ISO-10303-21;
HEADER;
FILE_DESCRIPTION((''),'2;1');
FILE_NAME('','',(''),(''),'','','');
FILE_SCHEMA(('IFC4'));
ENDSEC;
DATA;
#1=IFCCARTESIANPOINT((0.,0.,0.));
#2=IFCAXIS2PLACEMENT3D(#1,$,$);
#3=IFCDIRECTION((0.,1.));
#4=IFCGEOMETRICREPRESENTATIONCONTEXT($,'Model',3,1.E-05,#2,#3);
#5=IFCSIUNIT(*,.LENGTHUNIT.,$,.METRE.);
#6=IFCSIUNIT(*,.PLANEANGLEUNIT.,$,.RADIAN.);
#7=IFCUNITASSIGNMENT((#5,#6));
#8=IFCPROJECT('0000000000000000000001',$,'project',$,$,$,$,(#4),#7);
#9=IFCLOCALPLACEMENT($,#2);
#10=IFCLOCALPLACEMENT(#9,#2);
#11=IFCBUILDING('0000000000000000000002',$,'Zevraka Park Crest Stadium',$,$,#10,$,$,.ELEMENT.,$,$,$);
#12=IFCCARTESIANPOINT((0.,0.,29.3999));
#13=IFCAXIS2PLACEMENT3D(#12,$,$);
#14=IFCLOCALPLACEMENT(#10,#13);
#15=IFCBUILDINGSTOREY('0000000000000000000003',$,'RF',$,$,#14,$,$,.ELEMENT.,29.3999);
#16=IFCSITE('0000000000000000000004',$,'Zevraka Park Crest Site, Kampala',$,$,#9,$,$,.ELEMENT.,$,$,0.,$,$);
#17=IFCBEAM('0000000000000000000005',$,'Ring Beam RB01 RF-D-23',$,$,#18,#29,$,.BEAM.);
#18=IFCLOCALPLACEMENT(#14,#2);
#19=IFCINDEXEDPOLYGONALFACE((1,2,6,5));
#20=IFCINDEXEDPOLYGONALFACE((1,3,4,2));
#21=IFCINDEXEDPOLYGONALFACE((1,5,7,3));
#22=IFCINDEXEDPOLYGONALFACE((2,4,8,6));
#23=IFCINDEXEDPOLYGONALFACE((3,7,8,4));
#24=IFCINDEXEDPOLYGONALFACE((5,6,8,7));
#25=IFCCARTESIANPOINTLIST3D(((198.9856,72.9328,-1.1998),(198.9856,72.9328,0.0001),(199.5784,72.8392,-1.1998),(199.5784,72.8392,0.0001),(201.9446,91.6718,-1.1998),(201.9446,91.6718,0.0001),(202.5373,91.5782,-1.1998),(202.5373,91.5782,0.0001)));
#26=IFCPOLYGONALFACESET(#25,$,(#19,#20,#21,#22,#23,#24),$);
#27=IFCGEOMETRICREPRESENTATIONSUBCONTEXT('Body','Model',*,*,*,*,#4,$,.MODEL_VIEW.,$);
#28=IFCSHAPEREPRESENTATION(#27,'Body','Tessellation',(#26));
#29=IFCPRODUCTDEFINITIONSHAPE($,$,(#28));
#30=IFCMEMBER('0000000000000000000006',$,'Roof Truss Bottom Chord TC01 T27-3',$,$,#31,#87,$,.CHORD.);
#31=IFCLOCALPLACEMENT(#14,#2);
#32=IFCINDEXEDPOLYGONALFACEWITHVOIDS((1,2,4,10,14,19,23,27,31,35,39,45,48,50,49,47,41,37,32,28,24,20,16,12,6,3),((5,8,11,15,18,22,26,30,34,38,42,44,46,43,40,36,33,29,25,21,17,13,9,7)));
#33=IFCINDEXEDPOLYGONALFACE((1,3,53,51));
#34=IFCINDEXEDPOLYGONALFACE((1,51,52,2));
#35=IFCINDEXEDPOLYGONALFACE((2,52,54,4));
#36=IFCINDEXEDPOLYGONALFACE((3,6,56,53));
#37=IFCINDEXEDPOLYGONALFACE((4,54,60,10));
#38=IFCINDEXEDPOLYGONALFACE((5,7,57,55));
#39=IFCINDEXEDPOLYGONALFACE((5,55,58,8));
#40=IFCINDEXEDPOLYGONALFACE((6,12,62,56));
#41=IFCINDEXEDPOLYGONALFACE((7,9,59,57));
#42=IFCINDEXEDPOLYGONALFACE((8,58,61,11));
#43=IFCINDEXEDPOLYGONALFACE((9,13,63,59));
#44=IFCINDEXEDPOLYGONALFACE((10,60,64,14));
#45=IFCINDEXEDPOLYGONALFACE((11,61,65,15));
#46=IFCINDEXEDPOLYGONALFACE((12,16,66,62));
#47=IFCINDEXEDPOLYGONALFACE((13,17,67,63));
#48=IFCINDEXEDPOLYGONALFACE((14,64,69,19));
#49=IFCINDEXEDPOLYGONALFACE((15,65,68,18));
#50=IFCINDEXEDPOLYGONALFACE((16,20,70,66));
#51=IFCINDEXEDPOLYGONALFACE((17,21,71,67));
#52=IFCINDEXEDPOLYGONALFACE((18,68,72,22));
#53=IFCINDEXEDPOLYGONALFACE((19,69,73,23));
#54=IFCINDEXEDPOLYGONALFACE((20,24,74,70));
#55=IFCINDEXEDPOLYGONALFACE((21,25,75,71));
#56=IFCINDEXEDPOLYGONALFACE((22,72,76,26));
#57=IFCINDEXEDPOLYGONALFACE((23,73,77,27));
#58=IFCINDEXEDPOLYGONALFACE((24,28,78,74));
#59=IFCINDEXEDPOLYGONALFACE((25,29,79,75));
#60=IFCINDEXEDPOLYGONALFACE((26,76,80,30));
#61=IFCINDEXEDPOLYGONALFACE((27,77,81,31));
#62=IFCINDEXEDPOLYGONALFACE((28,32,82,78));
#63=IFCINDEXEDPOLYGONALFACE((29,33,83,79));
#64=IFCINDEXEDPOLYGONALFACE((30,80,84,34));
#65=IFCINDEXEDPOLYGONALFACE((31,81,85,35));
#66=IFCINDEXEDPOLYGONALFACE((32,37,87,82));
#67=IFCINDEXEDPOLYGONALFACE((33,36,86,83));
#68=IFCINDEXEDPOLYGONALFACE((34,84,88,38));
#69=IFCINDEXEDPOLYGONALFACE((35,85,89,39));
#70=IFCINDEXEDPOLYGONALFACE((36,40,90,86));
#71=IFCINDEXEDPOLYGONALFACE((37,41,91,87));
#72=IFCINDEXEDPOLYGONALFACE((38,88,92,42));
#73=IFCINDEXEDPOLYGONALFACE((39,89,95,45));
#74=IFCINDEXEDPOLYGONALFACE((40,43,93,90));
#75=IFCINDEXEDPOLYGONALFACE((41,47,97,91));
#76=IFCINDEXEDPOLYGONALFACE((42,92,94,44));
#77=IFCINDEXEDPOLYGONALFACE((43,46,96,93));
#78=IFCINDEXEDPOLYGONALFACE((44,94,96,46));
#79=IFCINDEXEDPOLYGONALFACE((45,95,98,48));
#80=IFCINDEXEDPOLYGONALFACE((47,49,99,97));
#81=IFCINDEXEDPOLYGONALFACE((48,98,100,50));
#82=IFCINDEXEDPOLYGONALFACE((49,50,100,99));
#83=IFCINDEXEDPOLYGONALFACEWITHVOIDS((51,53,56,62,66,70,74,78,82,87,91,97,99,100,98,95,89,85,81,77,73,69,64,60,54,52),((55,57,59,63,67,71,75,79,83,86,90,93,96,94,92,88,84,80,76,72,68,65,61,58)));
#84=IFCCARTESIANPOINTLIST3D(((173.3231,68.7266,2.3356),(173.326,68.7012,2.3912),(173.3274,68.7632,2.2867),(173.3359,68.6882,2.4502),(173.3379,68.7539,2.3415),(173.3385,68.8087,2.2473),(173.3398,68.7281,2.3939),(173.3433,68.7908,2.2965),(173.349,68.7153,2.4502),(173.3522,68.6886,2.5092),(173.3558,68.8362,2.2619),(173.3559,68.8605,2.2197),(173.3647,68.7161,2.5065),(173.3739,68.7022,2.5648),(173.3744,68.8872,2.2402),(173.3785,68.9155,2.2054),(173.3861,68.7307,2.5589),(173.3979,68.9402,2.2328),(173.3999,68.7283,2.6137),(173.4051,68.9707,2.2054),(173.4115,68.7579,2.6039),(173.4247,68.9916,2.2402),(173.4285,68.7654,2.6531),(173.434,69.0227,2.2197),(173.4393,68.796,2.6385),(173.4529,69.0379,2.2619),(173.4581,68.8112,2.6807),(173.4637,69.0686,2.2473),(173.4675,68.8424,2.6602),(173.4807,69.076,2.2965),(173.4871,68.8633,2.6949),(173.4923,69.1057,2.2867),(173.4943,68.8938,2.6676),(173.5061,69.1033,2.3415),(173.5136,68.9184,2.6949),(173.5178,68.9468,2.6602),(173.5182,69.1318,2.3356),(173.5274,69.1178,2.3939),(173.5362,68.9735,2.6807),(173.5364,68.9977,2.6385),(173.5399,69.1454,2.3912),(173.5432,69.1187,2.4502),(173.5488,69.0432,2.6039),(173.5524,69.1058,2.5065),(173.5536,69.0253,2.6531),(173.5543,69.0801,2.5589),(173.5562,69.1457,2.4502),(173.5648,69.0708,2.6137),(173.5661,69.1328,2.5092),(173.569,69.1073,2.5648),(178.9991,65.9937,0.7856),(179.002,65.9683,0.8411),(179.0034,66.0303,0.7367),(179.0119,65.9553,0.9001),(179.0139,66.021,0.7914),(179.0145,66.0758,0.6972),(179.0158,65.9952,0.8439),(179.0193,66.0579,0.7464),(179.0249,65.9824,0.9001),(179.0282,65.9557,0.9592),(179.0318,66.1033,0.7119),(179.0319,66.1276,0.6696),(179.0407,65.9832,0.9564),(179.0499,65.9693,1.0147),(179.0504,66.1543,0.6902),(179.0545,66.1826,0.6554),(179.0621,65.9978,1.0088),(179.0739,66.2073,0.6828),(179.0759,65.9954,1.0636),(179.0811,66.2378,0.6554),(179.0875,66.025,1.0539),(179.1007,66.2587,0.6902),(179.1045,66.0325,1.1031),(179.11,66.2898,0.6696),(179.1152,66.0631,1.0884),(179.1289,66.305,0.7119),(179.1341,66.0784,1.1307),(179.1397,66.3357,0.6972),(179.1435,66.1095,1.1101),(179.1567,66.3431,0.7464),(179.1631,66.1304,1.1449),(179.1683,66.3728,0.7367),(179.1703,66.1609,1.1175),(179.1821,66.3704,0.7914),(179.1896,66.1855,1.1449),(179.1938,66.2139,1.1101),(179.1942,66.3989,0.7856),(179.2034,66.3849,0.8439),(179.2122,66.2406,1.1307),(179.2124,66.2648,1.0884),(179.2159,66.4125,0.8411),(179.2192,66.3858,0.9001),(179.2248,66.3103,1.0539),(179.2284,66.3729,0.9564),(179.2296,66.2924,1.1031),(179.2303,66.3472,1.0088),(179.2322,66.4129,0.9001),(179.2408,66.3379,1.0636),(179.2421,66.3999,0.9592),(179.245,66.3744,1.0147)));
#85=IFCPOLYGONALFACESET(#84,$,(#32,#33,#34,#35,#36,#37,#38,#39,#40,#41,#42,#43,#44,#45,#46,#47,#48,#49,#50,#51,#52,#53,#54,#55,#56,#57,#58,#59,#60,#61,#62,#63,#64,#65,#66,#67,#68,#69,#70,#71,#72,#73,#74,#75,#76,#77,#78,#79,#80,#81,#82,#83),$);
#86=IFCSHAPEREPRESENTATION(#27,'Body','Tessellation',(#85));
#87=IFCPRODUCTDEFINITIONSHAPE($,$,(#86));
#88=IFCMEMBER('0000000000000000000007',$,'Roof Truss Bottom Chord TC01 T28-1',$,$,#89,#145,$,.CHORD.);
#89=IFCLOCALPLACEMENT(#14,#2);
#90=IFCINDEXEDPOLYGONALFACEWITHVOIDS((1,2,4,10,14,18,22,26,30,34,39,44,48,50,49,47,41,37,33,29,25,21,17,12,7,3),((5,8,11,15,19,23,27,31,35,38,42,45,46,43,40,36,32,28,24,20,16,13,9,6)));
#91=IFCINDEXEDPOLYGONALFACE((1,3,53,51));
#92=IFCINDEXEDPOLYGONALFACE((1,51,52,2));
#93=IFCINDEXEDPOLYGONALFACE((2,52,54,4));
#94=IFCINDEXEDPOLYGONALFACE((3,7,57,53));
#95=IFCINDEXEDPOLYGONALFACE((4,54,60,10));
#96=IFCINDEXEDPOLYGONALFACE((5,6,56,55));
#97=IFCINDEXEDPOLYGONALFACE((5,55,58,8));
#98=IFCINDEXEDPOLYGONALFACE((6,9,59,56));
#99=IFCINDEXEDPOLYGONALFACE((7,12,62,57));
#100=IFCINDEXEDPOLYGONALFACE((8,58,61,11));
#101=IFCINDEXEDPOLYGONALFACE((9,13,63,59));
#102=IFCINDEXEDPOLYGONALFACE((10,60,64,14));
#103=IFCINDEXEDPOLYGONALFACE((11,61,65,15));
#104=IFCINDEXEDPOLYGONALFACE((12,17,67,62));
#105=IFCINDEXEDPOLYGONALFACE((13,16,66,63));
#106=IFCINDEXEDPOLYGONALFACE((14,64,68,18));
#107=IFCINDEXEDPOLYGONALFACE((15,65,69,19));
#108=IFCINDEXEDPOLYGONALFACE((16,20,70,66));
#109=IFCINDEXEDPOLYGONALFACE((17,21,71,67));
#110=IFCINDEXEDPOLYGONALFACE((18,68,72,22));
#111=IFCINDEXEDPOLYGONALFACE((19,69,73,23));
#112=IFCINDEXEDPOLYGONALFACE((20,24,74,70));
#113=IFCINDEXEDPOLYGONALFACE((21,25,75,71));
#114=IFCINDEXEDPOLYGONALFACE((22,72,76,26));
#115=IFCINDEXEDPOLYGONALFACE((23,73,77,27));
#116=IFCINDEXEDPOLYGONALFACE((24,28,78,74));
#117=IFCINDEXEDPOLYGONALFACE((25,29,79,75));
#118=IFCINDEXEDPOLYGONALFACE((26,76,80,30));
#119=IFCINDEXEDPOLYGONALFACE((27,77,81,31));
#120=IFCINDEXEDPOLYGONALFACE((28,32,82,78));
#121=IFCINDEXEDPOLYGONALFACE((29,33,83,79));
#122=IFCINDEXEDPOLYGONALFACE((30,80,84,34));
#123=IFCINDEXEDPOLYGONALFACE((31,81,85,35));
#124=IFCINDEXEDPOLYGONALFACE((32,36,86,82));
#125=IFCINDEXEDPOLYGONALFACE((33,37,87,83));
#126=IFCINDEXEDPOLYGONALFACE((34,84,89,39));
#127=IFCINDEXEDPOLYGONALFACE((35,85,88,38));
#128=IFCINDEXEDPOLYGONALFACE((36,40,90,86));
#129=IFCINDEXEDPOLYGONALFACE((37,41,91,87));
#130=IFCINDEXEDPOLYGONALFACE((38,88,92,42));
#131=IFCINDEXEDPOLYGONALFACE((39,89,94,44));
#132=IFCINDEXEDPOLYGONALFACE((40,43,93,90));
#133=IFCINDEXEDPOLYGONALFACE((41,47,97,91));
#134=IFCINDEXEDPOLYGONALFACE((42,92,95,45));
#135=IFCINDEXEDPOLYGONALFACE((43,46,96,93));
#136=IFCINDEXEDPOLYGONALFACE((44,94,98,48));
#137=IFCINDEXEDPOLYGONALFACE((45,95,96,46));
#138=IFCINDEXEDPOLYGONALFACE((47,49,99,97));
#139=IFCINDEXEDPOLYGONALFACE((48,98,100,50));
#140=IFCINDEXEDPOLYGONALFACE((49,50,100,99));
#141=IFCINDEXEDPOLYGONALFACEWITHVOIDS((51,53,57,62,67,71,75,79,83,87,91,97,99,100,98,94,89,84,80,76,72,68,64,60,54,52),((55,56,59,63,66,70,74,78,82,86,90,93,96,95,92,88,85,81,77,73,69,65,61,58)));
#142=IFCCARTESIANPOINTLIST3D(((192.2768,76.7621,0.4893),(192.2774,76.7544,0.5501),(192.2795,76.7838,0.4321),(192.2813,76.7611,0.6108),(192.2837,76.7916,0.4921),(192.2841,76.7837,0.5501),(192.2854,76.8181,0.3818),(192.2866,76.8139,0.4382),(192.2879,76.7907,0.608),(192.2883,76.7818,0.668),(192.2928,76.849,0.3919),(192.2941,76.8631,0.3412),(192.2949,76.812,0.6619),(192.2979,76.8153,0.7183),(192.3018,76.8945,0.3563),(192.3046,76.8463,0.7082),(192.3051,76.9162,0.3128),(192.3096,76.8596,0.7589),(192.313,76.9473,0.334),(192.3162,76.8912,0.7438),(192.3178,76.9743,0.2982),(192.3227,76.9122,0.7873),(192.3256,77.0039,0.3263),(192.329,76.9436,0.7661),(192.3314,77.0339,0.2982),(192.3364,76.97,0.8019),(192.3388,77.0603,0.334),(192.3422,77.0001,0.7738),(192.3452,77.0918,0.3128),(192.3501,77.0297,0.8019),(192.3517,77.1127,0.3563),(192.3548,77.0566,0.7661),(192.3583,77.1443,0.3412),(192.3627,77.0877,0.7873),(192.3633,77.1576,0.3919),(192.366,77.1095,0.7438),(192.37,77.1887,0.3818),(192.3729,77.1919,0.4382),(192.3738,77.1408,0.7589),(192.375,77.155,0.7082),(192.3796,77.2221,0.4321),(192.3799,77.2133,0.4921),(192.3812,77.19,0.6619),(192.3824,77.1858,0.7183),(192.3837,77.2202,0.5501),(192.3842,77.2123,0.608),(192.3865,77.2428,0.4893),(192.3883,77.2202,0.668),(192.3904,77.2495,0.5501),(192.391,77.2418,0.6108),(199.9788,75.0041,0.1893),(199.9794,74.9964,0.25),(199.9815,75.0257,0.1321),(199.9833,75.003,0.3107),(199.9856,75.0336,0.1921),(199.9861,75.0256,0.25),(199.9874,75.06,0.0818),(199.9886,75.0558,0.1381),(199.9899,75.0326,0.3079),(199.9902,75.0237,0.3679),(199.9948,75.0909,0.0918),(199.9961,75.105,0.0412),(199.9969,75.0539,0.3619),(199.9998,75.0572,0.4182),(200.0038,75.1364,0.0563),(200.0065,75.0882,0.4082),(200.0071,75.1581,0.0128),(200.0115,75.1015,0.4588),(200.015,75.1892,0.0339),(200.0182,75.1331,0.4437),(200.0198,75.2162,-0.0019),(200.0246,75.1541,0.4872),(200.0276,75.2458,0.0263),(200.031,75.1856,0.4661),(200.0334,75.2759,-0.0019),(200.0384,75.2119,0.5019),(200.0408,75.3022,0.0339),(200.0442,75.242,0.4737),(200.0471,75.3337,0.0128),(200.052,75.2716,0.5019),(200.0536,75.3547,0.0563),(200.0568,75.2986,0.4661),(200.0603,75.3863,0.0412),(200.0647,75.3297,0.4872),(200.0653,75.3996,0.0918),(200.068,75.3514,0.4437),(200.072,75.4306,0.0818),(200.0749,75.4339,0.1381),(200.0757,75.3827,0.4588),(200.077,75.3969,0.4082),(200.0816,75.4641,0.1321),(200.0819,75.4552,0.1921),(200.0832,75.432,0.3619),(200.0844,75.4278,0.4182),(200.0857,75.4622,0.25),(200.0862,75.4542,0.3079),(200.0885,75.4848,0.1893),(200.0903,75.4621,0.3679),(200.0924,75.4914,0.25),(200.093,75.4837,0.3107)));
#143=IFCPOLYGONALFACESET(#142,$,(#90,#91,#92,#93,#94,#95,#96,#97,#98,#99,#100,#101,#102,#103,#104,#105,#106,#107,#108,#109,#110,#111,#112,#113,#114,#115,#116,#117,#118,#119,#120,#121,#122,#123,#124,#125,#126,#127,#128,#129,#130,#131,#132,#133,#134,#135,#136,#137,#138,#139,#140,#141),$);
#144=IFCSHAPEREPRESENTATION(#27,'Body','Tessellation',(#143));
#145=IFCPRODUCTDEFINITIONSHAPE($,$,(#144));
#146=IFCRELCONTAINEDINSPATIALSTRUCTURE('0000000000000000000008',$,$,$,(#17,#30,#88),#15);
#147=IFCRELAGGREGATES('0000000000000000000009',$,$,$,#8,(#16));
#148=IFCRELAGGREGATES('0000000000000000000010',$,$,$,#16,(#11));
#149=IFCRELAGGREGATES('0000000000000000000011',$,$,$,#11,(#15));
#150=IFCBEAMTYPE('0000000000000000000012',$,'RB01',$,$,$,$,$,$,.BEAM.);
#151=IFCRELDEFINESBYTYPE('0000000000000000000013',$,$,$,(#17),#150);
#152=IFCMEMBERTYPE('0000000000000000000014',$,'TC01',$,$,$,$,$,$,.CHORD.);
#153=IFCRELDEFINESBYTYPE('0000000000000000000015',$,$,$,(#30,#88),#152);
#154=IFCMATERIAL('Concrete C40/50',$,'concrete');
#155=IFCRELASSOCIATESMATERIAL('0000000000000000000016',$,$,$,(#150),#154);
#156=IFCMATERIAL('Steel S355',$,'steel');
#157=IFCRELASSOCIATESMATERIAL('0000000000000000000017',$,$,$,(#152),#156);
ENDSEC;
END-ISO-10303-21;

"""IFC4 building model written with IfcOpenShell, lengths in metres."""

from ifc_helpers import new_model, si_unit, direction, frame, origin, origin_2d, place, context, subcontext, project, spatial, rectangle, hollow_circle, extrude, material, material_profile, profile_set, type_object, element, save


model = new_model("IFC4")

# Units and contexts
model_context = context("Model", 3, precision=1e-05, world=origin(), true_north=direction((0.0, 1.0)))
body_context = subcontext(model_context, "Body", "Model", "MODEL_VIEW")
ifc_project = project(units=[si_unit("LENGTHUNIT", "METRE"), si_unit("PLANEANGLEUNIT", "RADIAN")], contexts=[model_context])

# Site, building, storey
site_placement = place(None, origin())
site = spatial("IfcSite", under=ifc_project, at=site_placement, Name="Zevraka Park Crest Site, Kampala", CompositionType="ELEMENT", RefElevation=0.0)
building_placement = place(site_placement, origin())
building = spatial("IfcBuilding", under=site, at=building_placement, Name="Zevraka Park Crest Stadium", CompositionType="ELEMENT")
storey_placement = place(building_placement, frame((0.0, 0.0, 29.3999)))
storey = spatial("IfcBuildingStorey", under=building, at=storey_placement, Name="RF", CompositionType="ELEMENT", Elevation=29.3999)

# Beam
ifc_material_1 = material(Name="Concrete C40/50", Category="concrete")
ifc_material_profile_1 = material_profile(ifc_material_1, rectangle(XDim=0.6001, YDim=1.2, at=origin_2d()), Name="RC 1200x600")
ifc_profile_set_1 = profile_set([ifc_material_profile_1], Name="Concrete C40/50")
beam_type = type_object("IfcBeamType", Name="RB01", PredefinedType="BEAM", material=ifc_profile_set_1)
beam_placement = place(storey_placement, frame((199.282, 72.886, -0.5999), z_axis=(0.155972, 0.987761, 0.0), x_axis=(-0.987761, 0.155972, 0.0)))
element("IfcBeam", 1, at=beam_placement, inside=storey, type_object=beam_type, Name="Ring Beam RB01 RF-D-23", PredefinedType="BEAM", context=body_context, shape_type="SweptSolid", body=[
    extrude(rectangle(XDim=0.6001, YDim=1.2, at=origin_2d()), origin(), (0.0, 0.0, 1.0), 18.9712),
])

# Members
ifc_material_2 = material(Name="Steel S355", Category="steel")
ifc_material_profile_2 = material_profile(ifc_material_2, hollow_circle(Radius=0.2539, WallThickness=0.03, at=origin_2d()), Name="CHS 508.0x30")
ifc_profile_set_2 = profile_set([ifc_material_profile_2], Name="Steel S355")
member_type_1 = type_object("IfcMemberType", Name="TC01", PredefinedType="CHORD", material=ifc_profile_set_2)
member_1_placement = place(storey_placement, frame((179.1221, 66.1841, 0.9001), z_axis=(-0.874906, 0.421253, 0.238926), x_axis=(-0.433817, -0.901001, 0.0)))
element("IfcMember", 2, at=member_1_placement, inside=storey, type_object=member_type_1, Name="Roof Truss Bottom Chord TC01 T27-3", PredefinedType="CHORD", context=body_context, shape_type="SweptSolid", body=[
    extrude(hollow_circle(Radius=0.2539, WallThickness=0.03, at=origin_2d()), origin(), (0.0, 0.0, 1.0), 6.4875),
])
member_2_placement = place(storey_placement, frame((200.0359, 75.2439, 0.25), z_axis=(-0.974221, 0.222378, 0.037953), x_axis=(-0.222539, -0.974924, 0.0)))
element("IfcMember", 3, at=member_2_placement, inside=storey, type_object=member_type_1, Name="Roof Truss Bottom Chord TC01 T28-1", PredefinedType="CHORD", context=body_context, shape_type="SweptSolid", body=[
    extrude(hollow_circle(Radius=0.2539, WallThickness=0.03, at=origin_2d()), origin(), (0.0, 0.0, 1.0), 7.9058),
])

save(model, "model.ifc")
